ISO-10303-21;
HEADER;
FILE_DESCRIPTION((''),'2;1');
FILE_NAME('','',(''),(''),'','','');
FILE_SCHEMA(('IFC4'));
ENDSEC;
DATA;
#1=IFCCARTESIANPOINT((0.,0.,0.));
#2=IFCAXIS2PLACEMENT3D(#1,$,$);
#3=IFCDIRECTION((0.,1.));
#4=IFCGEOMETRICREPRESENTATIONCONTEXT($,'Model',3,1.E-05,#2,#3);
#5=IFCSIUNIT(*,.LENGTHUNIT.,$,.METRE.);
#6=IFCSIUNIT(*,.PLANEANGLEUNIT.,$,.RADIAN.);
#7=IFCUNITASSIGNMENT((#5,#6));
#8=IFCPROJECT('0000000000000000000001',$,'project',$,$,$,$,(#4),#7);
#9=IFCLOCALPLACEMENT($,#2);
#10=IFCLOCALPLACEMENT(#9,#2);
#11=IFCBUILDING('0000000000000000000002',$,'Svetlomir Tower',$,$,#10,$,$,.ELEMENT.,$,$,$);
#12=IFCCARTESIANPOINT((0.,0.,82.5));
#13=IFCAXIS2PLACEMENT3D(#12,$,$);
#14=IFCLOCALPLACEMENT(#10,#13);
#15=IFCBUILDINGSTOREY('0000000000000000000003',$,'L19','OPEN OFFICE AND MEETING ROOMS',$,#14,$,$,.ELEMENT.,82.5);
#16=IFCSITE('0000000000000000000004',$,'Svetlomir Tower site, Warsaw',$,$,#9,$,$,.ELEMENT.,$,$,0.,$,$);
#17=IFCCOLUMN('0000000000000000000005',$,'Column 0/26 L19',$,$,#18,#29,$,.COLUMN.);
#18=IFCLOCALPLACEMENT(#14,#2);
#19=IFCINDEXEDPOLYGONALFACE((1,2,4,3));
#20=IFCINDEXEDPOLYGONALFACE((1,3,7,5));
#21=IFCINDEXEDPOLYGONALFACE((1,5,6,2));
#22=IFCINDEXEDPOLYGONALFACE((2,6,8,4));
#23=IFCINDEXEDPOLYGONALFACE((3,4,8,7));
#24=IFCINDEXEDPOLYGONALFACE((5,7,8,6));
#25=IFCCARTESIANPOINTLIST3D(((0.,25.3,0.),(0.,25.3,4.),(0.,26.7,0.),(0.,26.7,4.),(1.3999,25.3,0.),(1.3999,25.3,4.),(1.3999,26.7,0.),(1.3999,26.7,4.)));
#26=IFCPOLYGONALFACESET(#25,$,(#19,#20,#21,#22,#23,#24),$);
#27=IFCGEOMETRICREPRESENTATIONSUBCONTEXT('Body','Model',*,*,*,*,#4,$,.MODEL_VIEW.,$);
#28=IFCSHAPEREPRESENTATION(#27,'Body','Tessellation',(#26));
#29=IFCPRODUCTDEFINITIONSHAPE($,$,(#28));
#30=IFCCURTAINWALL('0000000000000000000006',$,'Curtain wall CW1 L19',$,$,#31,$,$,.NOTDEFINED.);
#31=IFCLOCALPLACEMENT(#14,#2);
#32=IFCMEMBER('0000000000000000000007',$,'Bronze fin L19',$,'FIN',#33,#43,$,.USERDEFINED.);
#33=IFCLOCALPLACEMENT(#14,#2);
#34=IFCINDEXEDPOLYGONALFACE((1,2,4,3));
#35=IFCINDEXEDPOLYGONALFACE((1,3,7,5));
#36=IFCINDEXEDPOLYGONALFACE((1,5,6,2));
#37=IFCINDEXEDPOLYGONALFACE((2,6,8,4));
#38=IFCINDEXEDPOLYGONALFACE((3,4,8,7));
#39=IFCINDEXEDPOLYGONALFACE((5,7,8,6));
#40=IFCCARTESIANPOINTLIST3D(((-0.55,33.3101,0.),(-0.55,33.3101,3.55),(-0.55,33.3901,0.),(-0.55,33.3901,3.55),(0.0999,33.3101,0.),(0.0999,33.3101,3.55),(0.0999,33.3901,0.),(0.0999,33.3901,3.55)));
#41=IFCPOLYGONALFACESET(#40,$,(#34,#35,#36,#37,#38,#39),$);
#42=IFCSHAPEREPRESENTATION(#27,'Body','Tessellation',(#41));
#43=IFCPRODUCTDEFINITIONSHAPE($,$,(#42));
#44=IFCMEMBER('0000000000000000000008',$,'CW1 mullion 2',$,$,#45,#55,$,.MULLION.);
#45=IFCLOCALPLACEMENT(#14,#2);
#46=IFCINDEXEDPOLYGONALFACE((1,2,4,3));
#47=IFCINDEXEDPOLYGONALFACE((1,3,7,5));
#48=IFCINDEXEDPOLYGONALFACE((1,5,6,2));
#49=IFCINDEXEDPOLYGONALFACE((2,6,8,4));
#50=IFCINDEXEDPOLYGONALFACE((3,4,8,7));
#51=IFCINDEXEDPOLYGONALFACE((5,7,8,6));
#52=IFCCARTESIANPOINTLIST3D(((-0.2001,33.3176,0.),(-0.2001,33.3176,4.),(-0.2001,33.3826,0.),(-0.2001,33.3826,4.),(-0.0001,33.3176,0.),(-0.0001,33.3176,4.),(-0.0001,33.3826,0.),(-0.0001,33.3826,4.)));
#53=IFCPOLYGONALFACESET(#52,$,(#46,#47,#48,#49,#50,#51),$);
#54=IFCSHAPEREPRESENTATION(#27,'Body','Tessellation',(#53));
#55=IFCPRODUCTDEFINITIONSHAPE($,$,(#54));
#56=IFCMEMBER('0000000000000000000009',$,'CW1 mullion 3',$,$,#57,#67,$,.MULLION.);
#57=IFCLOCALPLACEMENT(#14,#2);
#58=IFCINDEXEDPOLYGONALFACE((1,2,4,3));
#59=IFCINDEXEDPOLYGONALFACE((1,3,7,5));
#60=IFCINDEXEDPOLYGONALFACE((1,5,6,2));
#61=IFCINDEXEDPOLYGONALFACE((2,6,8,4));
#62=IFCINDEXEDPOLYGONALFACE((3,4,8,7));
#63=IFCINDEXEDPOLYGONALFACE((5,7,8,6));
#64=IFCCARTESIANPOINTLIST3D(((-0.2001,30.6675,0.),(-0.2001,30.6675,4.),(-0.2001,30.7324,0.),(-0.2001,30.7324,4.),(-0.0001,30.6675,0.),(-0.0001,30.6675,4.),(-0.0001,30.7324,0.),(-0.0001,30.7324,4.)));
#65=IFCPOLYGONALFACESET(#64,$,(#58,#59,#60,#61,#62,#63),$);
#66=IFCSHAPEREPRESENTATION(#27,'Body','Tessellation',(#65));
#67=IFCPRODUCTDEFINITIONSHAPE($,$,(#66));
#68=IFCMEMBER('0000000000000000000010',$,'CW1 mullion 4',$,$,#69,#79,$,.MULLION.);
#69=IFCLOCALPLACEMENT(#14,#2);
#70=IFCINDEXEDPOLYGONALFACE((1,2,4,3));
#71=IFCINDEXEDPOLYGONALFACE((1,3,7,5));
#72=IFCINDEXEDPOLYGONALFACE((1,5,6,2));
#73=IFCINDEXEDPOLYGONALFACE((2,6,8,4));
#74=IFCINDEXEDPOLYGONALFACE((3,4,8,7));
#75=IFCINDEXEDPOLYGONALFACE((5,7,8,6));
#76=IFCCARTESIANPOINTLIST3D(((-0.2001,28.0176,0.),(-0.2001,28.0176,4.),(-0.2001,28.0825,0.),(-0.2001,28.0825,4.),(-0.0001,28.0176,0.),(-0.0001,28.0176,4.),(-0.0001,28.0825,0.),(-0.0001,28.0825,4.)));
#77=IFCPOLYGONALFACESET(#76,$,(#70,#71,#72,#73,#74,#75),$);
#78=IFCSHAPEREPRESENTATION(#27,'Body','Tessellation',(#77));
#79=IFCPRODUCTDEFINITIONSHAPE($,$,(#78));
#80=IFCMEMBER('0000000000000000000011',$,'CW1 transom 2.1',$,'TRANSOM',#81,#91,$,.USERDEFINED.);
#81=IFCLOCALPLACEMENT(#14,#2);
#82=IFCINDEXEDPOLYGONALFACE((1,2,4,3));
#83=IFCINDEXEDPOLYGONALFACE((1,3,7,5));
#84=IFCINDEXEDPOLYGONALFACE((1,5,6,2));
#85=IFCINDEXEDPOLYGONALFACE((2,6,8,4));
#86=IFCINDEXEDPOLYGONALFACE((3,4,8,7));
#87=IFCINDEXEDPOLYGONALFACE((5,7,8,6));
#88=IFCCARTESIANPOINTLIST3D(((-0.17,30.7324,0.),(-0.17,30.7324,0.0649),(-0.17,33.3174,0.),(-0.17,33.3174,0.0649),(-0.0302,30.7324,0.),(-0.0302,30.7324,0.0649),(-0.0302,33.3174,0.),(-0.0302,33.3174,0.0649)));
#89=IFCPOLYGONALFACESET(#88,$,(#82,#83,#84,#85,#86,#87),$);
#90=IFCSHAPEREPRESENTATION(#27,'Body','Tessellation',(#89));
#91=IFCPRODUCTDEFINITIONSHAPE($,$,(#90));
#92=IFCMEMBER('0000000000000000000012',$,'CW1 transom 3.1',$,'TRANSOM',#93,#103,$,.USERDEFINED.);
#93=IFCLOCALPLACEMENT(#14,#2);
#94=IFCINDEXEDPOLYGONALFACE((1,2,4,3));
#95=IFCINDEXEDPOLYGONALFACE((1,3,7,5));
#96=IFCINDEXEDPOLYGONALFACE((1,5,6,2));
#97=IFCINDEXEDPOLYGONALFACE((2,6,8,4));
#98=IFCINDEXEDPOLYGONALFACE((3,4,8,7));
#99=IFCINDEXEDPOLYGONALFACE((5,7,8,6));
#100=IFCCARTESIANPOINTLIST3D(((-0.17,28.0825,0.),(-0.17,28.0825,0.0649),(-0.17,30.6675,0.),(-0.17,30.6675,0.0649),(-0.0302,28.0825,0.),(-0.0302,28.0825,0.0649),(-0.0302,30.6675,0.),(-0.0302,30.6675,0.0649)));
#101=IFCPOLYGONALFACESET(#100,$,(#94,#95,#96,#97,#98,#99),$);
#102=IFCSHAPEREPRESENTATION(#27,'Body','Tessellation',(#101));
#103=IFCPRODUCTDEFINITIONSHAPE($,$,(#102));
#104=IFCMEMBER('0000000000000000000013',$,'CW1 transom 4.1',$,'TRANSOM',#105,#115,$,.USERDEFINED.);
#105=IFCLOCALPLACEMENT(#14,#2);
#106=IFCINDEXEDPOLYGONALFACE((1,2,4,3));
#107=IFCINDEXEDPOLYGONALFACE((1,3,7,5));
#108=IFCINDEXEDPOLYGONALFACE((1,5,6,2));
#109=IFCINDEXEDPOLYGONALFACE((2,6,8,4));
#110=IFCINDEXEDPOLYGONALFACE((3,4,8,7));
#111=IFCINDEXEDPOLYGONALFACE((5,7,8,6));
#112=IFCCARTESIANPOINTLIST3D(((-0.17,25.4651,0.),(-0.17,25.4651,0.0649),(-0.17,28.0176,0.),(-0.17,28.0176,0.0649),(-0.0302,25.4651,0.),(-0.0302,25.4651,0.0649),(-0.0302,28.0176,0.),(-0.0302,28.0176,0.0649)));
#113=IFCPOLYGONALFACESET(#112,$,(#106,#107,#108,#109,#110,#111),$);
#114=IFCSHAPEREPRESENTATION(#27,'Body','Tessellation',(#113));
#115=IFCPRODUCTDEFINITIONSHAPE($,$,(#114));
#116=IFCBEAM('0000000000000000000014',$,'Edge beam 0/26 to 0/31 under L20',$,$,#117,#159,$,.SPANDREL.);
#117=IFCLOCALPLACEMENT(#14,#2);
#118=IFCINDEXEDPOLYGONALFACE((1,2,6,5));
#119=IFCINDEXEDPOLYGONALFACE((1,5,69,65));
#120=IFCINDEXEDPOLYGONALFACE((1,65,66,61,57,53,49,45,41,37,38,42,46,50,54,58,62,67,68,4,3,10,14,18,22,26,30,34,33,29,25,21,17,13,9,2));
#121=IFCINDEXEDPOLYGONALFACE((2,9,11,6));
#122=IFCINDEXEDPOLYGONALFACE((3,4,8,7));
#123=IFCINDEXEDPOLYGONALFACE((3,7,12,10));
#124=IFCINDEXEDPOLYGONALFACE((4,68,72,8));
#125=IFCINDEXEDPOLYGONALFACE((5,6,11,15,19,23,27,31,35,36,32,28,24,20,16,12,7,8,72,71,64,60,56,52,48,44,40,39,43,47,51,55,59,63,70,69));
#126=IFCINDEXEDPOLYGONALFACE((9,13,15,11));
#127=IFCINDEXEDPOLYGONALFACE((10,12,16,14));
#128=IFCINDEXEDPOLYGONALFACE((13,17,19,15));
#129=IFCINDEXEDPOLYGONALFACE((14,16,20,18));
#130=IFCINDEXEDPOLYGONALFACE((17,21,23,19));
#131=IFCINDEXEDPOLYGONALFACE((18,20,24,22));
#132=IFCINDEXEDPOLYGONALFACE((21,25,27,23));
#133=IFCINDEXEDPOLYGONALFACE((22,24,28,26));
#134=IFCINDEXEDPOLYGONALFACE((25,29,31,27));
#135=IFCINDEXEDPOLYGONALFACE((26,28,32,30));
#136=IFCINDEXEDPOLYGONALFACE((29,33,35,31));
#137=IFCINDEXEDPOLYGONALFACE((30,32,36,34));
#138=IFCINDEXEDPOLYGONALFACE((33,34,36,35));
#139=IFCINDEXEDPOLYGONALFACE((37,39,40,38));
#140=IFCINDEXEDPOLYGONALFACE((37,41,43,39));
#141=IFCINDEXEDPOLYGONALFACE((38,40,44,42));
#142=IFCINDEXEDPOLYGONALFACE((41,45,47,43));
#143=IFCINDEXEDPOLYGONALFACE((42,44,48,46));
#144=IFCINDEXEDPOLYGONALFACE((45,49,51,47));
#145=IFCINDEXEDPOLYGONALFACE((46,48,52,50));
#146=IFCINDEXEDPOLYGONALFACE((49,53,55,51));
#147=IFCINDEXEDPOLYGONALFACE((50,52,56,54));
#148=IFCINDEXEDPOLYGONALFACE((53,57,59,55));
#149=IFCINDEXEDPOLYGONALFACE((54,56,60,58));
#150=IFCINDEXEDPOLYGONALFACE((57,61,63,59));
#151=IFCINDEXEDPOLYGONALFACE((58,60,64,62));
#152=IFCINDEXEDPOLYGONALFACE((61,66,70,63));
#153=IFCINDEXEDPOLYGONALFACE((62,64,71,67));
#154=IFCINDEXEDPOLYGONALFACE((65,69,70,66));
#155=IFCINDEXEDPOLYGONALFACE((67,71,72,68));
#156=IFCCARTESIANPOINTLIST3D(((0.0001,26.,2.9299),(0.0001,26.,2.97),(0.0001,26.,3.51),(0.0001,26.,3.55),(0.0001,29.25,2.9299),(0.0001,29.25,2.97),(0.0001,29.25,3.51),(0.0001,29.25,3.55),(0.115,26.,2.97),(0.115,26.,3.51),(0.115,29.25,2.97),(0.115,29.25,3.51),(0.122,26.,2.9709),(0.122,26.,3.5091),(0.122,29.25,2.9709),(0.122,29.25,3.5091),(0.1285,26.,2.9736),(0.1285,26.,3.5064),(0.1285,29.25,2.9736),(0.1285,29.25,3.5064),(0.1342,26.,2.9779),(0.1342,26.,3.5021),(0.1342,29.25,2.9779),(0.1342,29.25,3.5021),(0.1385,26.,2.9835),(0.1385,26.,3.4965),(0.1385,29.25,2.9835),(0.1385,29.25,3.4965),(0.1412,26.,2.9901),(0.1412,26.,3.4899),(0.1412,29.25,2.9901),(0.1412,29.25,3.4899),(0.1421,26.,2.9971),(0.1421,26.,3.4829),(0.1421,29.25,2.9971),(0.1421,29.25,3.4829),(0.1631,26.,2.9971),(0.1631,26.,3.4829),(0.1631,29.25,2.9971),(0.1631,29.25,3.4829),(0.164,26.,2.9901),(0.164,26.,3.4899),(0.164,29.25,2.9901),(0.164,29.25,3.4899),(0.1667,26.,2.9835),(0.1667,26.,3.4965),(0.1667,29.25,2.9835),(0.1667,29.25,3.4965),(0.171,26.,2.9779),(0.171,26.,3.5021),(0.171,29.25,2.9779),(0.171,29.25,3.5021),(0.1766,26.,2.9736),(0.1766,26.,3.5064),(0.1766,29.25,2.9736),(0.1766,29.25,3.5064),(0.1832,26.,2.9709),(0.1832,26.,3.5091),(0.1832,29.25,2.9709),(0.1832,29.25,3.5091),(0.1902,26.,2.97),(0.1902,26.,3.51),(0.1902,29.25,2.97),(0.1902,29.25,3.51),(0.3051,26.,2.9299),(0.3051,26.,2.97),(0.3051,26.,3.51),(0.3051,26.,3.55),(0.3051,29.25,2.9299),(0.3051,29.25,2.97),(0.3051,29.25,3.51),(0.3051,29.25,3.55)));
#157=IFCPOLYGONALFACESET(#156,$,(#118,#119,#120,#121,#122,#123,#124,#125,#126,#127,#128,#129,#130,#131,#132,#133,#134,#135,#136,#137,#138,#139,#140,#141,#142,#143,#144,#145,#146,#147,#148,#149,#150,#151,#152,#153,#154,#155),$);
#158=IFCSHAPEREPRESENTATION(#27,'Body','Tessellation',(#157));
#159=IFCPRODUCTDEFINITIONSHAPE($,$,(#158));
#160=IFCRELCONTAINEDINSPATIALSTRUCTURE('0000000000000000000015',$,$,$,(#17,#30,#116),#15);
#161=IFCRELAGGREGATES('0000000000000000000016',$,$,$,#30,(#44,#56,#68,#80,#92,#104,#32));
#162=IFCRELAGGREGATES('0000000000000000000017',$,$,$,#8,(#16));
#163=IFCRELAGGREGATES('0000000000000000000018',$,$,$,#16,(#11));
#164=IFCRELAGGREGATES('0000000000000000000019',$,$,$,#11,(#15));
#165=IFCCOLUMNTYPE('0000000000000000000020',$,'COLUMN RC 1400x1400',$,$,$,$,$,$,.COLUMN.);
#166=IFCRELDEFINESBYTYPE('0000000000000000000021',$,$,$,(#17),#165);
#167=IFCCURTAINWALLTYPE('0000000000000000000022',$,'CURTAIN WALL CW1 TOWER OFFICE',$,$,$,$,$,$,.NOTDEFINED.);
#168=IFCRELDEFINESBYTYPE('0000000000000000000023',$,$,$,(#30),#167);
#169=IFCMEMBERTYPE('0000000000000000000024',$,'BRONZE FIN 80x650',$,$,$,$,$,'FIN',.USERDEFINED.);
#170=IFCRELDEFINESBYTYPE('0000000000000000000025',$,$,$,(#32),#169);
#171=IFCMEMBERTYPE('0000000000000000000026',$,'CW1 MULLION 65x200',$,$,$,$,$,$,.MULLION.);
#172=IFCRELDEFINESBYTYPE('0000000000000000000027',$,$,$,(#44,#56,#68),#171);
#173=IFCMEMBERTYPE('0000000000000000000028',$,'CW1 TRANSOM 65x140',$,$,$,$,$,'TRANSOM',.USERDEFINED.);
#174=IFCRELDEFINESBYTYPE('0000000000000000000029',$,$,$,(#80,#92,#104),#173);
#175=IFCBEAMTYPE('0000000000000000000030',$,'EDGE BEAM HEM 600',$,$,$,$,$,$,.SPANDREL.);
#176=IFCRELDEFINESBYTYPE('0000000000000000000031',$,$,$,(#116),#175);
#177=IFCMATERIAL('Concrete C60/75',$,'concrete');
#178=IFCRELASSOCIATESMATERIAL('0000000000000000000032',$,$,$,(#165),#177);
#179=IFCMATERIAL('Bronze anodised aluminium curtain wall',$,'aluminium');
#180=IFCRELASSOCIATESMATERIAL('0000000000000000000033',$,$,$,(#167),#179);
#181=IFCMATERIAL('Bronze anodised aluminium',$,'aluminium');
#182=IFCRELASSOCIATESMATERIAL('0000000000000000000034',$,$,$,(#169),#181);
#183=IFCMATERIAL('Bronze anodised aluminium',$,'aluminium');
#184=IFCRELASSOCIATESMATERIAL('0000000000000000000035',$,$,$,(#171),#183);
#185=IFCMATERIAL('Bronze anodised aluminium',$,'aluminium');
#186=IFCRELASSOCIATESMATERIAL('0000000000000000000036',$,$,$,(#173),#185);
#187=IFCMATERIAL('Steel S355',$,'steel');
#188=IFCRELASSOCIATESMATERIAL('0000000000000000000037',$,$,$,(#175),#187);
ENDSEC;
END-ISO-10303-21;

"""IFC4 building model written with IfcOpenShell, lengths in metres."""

from ifc_helpers import new_model, si_unit, direction, frame, origin, origin_2d, place, context, subcontext, project, spatial, rectangle, i_section, extrude, material, material_profile, profile_set, type_object, element, aggregate, save


model = new_model("IFC4")

# Units and contexts
model_context = context("Model", 3, precision=1e-05, world=origin(), true_north=direction((0.0, 1.0)))
body_context = subcontext(model_context, "Body", "Model", "MODEL_VIEW")
ifc_project = project(units=[si_unit("LENGTHUNIT", "METRE"), si_unit("PLANEANGLEUNIT", "RADIAN")], contexts=[model_context])

# Site, building, storey
site_placement = place(None, origin())
site = spatial("IfcSite", under=ifc_project, at=site_placement, Name="Svetlomir Tower site, Warsaw", CompositionType="ELEMENT", RefElevation=0.0)
building_placement = place(site_placement, origin())
building = spatial("IfcBuilding", under=site, at=building_placement, Name="Svetlomir Tower", CompositionType="ELEMENT")
storey_placement = place(building_placement, frame((0.0, 0.0, 82.5)))
storey = spatial("IfcBuildingStorey", under=building, at=storey_placement, Name="L19", Description="OPEN OFFICE AND MEETING ROOMS", CompositionType="ELEMENT", Elevation=82.5)

# Column
ifc_material_1 = material(Name="Concrete C60/75", Category="concrete")
ifc_material_profile_1 = material_profile(ifc_material_1, rectangle(XDim=1.3999, YDim=1.3999, at=origin_2d()), Name="RC 1400x1400")
ifc_profile_set_1 = profile_set([ifc_material_profile_1], Name="Concrete C60/75")
column_type = type_object("IfcColumnType", Name="COLUMN RC 1400x1400", PredefinedType="COLUMN", material=ifc_profile_set_1)
column_placement = place(storey_placement, frame((0.7, 26.0, 0.0), z_axis=(0.0, 0.0, 1.0), x_axis=(1.0, 0.0, 0.0)))
element("IfcColumn", 1, at=column_placement, inside=storey, type_object=column_type, Name="Column 0/26 L19", PredefinedType="COLUMN", context=body_context, shape_type="SweptSolid", body=[
    extrude(rectangle(XDim=1.3999, YDim=1.3999, at=origin_2d()), origin(), (0.0, 0.0, 1.0), 4.0),
])

# Curtain wall, members
ifc_material_2 = material(Name="Bronze anodised aluminium curtain wall", Category="aluminium")
curtain_wall_type = type_object("IfcCurtainWallType", Name="CURTAIN WALL CW1 TOWER OFFICE", PredefinedType="NOTDEFINED", material=ifc_material_2)
curtain_wall_placement = place(storey_placement, origin())
curtain_wall = element("IfcCurtainWall", 2, at=curtain_wall_placement, inside=storey, type_object=curtain_wall_type, Name="Curtain wall CW1 L19", PredefinedType="NOTDEFINED")
ifc_material_3 = material(Name="Bronze anodised aluminium", Category="aluminium")
ifc_material_profile_2 = material_profile(ifc_material_3, rectangle(XDim=0.0801, YDim=0.6499, at=origin_2d()), Name="FIN 80x650")
ifc_profile_set_2 = profile_set([ifc_material_profile_2], Name="Bronze anodised aluminium 6063-T6")
member_type_1 = type_object("IfcMemberType", Name="BRONZE FIN 80x650", ElementType="FIN", PredefinedType="USERDEFINED", material=ifc_profile_set_2)
member_1_placement = place(storey_placement, frame((-0.2251, 33.3501, 0.0), z_axis=(0.0, 0.0, 1.0), x_axis=(0.0, 1.0, 0.0)))
member_1 = element("IfcMember", 3, at=member_1_placement, type_object=member_type_1, Name="Bronze fin L19", ObjectType="FIN", PredefinedType="USERDEFINED", context=body_context, shape_type="SweptSolid", body=[
    extrude(rectangle(XDim=0.0801, YDim=0.6499, at=origin_2d()), origin(), (0.0, 0.0, 1.0), 3.55),
])
ifc_material_4 = material(Name="Bronze anodised aluminium", Category="aluminium")
ifc_material_profile_3 = material_profile(ifc_material_4, rectangle(XDim=0.0649, YDim=0.2, at=origin_2d()), Name="AL 65x200")
ifc_profile_set_3 = profile_set([ifc_material_profile_3], Name="Bronze anodised aluminium 6063-T6")
member_type_2 = type_object("IfcMemberType", Name="CW1 MULLION 65x200", PredefinedType="MULLION", material=ifc_profile_set_3)
member_2_placement = place(storey_placement, frame((-0.1001, 33.3501, 0.0), z_axis=(0.0, 0.0, 1.0), x_axis=(0.0, -1.0, 0.0)))
member_2 = element("IfcMember", 4, at=member_2_placement, type_object=member_type_2, Name="CW1 mullion 2", PredefinedType="MULLION", context=body_context, shape_type="SweptSolid", body=[
    extrude(rectangle(XDim=0.0649, YDim=0.2, at=origin_2d()), origin(), (0.0, 0.0, 1.0), 4.0),
])
member_3_placement = place(storey_placement, frame((-0.1001, 30.7, 0.0), z_axis=(0.0, 0.0, 1.0), x_axis=(0.0, -1.0, 0.0)))
member_3 = element("IfcMember", 5, at=member_3_placement, type_object=member_type_2, Name="CW1 mullion 3", PredefinedType="MULLION", context=body_context, shape_type="SweptSolid", body=[
    extrude(rectangle(XDim=0.0649, YDim=0.2, at=origin_2d()), origin(), (0.0, 0.0, 1.0), 4.0),
])
member_4_placement = place(storey_placement, frame((-0.1001, 28.05, 0.0), z_axis=(0.0, 0.0, 1.0), x_axis=(0.0, -1.0, 0.0)))
member_4 = element("IfcMember", 6, at=member_4_placement, type_object=member_type_2, Name="CW1 mullion 4", PredefinedType="MULLION", context=body_context, shape_type="SweptSolid", body=[
    extrude(rectangle(XDim=0.0649, YDim=0.2, at=origin_2d()), origin(), (0.0, 0.0, 1.0), 4.0),
])
ifc_material_5 = material(Name="Bronze anodised aluminium", Category="aluminium")
ifc_material_profile_4 = material_profile(ifc_material_5, rectangle(XDim=0.1399, YDim=0.0649, at=origin_2d()), Name="AL 140x65")
ifc_profile_set_4 = profile_set([ifc_material_profile_4], Name="Bronze anodised aluminium 6063-T6")
member_type_3 = type_object("IfcMemberType", Name="CW1 TRANSOM 65x140", ElementType="TRANSOM", PredefinedType="USERDEFINED", material=ifc_profile_set_4)
member_5_placement = place(storey_placement, frame((-0.1001, 33.3174, 0.0325), z_axis=(0.0, -1.0, 0.0), x_axis=(1.0, 0.0, 0.0)))
member_5 = element("IfcMember", 7, at=member_5_placement, type_object=member_type_3, Name="CW1 transom 2.1", ObjectType="TRANSOM", PredefinedType="USERDEFINED", context=body_context, shape_type="SweptSolid", body=[
    extrude(rectangle(XDim=0.1399, YDim=0.0649, at=origin_2d()), origin(), (0.0, 0.0, 1.0), 2.585),
])
member_6_placement = place(storey_placement, frame((-0.1001, 30.6675, 0.0325), z_axis=(0.0, -1.0, 0.0), x_axis=(1.0, 0.0, 0.0)))
member_6 = element("IfcMember", 8, at=member_6_placement, type_object=member_type_3, Name="CW1 transom 3.1", ObjectType="TRANSOM", PredefinedType="USERDEFINED", context=body_context, shape_type="SweptSolid", body=[
    extrude(rectangle(XDim=0.1399, YDim=0.0649, at=origin_2d()), origin(), (0.0, 0.0, 1.0), 2.585),
])
member_7_placement = place(storey_placement, frame((-0.1001, 28.0176, 0.0325), z_axis=(0.0, -1.0, 0.0), x_axis=(1.0, 0.0, 0.0)))
member_7 = element("IfcMember", 9, at=member_7_placement, type_object=member_type_3, Name="CW1 transom 4.1", ObjectType="TRANSOM", PredefinedType="USERDEFINED", context=body_context, shape_type="SweptSolid", body=[
    extrude(rectangle(XDim=0.1399, YDim=0.0649, at=origin_2d()), origin(), (0.0, 0.0, 1.0), 2.5525),
])

# Beam
ifc_material_6 = material(Name="Steel S355", Category="steel")
ifc_material_profile_5 = material_profile(ifc_material_6, i_section(OverallWidth=0.3049, OverallDepth=0.6201, WebThickness=0.021, FlangeThickness=0.04, FilletRadius=0.0271, at=origin_2d()), Name="HEM 600")
ifc_profile_set_5 = profile_set([ifc_material_profile_5], Name="Steel S355")
beam_type_1 = type_object("IfcBeamType", Name="EDGE BEAM HEM 600", PredefinedType="SPANDREL", material=ifc_profile_set_5)
beam_1_placement = place(storey_placement, frame((0.1526, 26.0, 3.24), z_axis=(0.0, 1.0, 0.0), x_axis=(-1.0, 0.0, 0.0)))
element("IfcBeam", 10, at=beam_1_placement, inside=storey, type_object=beam_type_1, Name="Edge beam 0/26 to 0/31 under L20", PredefinedType="SPANDREL", context=body_context, shape_type="SweptSolid", body=[
    extrude(i_section(OverallWidth=0.3049, OverallDepth=0.6201, WebThickness=0.021, FlangeThickness=0.04, FilletRadius=0.0271, at=origin_2d()), origin(), (0.0, 0.0, 1.0), 3.25),
])

aggregate(curtain_wall, [member_2, member_3, member_4, member_5, member_6, member_7, member_1])

save(model, "model.ifc")
